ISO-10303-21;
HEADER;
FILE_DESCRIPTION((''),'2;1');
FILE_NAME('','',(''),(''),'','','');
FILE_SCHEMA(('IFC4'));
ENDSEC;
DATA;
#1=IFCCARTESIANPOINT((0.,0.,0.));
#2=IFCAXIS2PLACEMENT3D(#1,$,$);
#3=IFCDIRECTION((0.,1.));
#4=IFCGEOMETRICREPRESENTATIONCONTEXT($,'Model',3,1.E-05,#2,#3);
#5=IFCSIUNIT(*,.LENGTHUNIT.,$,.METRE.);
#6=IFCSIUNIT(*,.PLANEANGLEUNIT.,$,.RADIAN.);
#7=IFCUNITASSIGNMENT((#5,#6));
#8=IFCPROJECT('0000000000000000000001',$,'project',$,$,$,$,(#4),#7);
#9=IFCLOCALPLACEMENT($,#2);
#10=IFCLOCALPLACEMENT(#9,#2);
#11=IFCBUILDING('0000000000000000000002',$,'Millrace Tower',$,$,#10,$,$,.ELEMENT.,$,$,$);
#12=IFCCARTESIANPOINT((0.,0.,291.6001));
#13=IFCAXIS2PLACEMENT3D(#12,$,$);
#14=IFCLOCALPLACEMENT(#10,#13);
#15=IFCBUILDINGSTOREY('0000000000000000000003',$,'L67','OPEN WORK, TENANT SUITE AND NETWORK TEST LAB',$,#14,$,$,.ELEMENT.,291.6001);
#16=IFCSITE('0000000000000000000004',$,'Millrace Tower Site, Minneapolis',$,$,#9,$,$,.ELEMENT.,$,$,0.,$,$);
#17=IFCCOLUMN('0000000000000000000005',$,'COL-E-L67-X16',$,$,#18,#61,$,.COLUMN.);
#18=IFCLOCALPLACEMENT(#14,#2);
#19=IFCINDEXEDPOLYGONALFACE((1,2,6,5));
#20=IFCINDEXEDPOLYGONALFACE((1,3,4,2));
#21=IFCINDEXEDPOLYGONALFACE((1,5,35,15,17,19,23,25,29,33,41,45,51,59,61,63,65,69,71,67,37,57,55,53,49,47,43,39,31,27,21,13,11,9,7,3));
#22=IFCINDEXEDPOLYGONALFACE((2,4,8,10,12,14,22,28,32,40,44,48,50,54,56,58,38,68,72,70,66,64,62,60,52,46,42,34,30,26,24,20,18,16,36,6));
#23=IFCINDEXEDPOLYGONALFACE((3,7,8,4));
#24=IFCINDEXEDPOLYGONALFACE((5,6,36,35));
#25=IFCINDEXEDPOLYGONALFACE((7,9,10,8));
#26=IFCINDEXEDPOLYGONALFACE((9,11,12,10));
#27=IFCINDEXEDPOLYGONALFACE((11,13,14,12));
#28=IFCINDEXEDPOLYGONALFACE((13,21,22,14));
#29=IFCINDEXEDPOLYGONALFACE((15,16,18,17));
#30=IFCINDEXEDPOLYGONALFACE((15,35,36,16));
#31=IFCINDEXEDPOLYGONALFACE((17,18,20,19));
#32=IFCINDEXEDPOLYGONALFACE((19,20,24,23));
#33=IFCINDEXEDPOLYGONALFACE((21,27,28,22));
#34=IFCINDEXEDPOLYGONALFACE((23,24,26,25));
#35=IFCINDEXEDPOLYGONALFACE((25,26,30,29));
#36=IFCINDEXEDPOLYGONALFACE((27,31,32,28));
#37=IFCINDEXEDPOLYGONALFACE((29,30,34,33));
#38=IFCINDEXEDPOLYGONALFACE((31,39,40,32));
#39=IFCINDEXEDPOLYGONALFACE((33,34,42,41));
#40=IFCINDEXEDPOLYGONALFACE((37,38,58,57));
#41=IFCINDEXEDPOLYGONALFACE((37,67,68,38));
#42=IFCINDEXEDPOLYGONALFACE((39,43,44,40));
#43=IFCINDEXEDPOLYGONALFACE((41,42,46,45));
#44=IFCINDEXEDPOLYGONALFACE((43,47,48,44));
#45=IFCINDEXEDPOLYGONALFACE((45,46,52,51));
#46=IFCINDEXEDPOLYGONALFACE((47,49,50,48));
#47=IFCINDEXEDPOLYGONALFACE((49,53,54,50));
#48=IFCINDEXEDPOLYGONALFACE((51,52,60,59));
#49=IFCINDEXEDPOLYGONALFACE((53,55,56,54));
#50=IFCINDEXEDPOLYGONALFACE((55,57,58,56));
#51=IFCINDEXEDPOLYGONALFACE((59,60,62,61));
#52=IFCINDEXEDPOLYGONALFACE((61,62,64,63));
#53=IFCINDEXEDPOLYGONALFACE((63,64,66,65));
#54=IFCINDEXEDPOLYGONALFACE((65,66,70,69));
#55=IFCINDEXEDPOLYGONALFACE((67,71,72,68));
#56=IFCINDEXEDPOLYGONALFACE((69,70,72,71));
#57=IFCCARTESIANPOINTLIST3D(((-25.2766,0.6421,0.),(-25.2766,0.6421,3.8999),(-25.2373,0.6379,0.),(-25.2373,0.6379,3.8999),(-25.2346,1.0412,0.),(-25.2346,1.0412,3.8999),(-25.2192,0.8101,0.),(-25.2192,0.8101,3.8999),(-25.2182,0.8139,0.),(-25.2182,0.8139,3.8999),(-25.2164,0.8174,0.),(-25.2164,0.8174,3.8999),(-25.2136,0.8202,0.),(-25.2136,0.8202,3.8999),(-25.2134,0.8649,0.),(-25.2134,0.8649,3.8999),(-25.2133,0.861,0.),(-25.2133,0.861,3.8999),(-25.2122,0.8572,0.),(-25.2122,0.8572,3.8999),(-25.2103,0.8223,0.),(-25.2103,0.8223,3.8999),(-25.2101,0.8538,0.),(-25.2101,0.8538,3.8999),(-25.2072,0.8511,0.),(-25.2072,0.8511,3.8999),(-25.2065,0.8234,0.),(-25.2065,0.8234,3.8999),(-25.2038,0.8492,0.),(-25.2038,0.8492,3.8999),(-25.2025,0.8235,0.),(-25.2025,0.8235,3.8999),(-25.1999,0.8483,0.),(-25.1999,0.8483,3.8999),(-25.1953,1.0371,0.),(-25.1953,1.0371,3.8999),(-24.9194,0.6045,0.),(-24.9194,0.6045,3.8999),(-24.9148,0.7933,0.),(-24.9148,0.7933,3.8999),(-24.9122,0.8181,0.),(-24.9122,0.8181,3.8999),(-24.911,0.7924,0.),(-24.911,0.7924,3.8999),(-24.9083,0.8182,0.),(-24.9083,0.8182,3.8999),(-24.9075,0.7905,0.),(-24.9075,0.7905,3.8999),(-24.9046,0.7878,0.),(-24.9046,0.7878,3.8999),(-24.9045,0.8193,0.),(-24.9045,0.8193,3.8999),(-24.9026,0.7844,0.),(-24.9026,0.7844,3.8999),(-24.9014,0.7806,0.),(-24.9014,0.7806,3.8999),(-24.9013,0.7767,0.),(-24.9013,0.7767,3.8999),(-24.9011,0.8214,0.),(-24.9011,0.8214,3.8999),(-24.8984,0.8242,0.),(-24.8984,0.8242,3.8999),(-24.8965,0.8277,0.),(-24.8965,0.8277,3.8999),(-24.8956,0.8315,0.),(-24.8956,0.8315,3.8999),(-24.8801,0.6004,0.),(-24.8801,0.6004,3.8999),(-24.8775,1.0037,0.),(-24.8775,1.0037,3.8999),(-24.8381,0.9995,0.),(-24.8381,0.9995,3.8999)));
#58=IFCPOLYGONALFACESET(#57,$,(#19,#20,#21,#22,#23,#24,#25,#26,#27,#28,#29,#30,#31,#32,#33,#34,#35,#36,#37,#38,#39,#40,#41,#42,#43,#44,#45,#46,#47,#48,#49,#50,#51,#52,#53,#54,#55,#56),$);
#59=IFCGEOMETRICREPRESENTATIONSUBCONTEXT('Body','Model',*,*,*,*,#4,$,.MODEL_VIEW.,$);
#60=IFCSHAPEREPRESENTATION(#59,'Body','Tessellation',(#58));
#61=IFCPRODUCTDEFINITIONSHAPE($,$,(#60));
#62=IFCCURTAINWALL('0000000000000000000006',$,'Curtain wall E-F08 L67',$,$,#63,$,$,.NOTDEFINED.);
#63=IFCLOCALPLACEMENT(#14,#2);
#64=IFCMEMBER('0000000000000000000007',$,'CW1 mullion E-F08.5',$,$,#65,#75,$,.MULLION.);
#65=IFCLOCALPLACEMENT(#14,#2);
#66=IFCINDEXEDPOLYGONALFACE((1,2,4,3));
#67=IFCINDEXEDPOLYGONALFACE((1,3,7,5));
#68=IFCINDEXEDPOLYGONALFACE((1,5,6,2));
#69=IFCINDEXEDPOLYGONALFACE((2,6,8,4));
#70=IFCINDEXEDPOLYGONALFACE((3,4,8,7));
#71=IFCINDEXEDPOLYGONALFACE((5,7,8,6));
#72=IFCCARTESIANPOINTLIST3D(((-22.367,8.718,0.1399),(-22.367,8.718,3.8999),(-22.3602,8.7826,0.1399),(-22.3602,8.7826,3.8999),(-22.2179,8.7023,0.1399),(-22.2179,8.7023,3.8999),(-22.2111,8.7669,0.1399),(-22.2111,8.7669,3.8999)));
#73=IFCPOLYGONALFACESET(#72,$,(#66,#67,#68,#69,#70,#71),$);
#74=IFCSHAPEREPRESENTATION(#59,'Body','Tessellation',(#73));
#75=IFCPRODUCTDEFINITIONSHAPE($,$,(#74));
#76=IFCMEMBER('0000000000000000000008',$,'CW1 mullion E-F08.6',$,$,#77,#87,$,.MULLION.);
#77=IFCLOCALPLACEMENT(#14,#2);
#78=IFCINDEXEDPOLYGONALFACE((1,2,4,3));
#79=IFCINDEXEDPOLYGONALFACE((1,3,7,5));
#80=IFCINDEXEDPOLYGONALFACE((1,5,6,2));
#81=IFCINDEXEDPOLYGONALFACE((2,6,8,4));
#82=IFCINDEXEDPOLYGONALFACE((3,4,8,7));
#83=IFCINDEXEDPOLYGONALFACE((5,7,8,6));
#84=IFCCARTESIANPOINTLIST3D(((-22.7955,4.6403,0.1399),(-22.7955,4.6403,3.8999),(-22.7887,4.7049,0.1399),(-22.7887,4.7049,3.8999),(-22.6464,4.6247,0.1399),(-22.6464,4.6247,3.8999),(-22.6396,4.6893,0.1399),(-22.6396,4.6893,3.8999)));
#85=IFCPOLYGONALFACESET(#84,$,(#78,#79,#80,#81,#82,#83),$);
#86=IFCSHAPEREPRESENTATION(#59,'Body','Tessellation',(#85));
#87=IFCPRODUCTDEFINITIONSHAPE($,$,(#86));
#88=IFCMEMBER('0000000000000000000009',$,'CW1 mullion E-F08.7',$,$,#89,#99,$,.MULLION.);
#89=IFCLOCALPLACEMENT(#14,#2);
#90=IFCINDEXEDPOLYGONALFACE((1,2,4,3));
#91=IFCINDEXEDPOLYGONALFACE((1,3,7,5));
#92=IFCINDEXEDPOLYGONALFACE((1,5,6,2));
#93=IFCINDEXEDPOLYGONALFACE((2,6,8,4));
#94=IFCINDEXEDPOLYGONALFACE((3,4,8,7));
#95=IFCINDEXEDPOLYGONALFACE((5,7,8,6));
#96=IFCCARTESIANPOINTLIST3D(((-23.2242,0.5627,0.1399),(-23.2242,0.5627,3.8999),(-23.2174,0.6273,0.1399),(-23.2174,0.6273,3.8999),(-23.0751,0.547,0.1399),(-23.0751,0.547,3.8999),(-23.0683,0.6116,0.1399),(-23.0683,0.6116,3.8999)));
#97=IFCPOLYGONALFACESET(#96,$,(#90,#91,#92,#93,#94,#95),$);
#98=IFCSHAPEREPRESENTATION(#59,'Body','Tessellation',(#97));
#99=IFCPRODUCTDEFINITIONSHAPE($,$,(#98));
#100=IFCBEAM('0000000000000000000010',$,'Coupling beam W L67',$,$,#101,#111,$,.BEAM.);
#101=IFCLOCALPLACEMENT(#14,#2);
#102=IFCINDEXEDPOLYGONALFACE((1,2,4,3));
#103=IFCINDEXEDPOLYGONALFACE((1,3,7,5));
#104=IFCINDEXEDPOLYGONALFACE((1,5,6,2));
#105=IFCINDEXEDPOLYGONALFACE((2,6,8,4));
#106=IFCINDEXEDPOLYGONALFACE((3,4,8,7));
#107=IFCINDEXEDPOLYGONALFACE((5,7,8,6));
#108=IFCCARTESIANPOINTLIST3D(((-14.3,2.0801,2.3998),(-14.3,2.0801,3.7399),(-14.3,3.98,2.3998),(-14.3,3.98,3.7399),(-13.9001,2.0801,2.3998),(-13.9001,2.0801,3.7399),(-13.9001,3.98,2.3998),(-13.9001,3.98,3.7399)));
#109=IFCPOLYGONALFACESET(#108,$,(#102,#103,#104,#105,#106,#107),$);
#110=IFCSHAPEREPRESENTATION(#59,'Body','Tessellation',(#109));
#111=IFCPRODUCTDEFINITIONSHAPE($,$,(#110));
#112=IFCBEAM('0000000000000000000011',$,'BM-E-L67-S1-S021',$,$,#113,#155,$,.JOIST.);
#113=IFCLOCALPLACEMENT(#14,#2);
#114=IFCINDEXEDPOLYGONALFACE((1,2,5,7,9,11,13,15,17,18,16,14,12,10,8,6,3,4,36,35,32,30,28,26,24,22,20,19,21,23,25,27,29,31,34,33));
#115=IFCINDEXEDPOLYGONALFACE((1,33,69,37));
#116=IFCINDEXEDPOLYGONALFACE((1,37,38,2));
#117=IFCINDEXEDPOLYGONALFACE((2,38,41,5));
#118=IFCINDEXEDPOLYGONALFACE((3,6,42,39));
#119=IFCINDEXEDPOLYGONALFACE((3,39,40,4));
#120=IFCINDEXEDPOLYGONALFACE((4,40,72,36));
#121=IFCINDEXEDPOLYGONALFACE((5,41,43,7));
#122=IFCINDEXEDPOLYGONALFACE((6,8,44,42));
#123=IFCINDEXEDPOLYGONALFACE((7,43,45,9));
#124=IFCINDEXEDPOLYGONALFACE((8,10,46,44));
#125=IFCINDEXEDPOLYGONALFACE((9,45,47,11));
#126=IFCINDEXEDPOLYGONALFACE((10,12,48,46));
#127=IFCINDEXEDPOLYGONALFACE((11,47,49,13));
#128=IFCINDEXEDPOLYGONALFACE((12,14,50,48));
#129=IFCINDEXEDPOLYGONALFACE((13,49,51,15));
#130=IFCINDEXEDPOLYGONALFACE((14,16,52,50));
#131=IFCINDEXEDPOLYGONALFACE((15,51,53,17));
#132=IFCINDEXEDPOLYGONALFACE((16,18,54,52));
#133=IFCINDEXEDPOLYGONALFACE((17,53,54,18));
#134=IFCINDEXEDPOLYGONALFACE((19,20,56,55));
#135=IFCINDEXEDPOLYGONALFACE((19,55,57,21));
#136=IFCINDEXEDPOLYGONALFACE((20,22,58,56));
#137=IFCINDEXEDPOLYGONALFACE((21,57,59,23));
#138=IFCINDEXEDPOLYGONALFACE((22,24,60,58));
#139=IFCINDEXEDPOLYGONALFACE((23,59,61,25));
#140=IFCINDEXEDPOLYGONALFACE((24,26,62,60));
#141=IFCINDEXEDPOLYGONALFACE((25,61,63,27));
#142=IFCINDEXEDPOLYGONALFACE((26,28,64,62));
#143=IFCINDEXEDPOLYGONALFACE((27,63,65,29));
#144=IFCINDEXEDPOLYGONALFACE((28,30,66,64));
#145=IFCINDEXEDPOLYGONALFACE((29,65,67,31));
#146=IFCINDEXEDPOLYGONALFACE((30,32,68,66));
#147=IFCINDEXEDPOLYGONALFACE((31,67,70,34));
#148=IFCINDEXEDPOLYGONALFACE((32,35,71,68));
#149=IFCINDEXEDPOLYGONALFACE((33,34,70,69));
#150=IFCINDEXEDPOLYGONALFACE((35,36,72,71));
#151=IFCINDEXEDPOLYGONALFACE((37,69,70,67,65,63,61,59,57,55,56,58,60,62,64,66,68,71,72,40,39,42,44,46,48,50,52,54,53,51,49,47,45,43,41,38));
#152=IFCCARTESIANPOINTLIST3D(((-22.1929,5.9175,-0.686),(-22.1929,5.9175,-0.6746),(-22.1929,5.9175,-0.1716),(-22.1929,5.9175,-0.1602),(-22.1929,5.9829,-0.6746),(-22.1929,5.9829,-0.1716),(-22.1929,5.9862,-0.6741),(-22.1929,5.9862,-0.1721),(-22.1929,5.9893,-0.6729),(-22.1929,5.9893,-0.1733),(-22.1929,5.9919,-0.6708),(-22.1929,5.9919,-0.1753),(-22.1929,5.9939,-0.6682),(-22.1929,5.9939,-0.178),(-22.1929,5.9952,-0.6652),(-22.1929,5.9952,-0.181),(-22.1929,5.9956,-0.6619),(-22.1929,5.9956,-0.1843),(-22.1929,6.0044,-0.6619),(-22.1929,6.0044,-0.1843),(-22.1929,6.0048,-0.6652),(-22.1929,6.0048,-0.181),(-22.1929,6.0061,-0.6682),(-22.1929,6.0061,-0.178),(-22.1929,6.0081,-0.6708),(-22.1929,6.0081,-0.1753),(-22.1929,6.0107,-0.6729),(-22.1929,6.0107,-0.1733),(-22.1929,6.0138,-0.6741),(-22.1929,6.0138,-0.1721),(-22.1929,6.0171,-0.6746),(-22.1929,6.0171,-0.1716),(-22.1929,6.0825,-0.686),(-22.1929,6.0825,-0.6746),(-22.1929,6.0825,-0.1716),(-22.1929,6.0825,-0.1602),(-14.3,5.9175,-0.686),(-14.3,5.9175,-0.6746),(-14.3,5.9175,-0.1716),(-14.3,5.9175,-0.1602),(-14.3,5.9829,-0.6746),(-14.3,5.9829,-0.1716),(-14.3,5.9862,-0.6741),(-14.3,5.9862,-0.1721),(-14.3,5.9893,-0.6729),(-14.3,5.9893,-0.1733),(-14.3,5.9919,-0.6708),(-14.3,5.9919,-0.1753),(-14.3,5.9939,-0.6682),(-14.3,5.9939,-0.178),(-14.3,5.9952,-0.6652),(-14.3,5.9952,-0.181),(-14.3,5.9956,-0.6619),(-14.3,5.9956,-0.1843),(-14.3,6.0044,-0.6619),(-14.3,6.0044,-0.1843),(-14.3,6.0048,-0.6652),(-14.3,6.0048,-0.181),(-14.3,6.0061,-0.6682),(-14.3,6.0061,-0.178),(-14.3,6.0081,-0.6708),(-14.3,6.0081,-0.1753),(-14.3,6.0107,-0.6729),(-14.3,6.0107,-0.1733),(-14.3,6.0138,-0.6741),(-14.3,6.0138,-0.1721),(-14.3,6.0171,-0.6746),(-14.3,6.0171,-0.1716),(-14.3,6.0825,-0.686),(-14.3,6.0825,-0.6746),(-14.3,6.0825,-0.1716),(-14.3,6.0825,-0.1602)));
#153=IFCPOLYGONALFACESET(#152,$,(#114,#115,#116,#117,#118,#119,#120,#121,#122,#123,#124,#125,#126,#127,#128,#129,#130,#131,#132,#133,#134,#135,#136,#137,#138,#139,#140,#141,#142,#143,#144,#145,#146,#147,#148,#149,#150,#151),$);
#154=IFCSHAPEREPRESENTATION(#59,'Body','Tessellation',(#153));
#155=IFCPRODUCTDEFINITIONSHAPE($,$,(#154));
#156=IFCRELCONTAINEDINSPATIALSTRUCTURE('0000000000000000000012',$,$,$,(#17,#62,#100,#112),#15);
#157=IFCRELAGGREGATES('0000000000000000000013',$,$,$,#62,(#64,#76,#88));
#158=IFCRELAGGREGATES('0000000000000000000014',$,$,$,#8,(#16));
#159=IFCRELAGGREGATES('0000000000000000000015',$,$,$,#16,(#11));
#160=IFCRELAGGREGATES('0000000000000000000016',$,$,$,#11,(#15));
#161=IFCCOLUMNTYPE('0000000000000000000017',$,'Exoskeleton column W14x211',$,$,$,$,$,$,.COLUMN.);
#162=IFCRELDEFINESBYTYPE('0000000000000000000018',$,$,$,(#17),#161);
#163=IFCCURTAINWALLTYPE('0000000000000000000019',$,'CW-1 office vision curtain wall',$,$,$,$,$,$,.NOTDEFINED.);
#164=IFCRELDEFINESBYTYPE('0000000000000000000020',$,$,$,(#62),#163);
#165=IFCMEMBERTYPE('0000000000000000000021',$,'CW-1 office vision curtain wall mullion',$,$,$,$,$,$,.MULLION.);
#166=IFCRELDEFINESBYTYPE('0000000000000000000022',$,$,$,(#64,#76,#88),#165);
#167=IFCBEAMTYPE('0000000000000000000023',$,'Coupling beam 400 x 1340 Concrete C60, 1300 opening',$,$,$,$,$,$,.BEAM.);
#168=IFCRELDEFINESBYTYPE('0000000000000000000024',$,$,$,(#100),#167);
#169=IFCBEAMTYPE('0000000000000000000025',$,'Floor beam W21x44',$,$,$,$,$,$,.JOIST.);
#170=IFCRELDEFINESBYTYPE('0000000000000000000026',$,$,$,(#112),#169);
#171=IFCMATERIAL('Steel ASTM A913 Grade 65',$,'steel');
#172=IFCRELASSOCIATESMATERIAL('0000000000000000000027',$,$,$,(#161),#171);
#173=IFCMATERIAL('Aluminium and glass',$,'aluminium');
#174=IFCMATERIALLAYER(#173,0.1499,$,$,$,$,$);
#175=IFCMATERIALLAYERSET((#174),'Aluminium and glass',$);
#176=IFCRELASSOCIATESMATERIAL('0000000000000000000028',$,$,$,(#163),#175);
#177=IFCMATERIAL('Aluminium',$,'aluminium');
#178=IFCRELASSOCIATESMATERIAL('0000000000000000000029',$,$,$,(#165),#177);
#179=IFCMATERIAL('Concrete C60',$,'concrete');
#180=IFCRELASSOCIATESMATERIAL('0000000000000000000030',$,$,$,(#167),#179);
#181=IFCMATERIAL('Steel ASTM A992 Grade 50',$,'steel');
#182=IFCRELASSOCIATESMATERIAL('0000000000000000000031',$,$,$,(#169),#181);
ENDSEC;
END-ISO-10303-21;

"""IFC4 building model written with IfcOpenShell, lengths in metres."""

from ifc_helpers import new_model, si_unit, direction, frame, origin, origin_2d, place, context, subcontext, project, spatial, rectangle, i_section, extrude, material, layer, layer_set, material_profile, profile_set, type_object, element, aggregate, save


model = new_model("IFC4")

# Units and contexts
model_context = context("Model", 3, precision=1e-05, world=origin(), true_north=direction((0.0, 1.0)))
body_context = subcontext(model_context, "Body", "Model", "MODEL_VIEW")
ifc_project = project(units=[si_unit("LENGTHUNIT", "METRE"), si_unit("PLANEANGLEUNIT", "RADIAN")], contexts=[model_context])

# Site, building, storey
site_placement = place(None, origin())
site = spatial("IfcSite", under=ifc_project, at=site_placement, Name="Millrace Tower Site, Minneapolis", CompositionType="ELEMENT", RefElevation=0.0)
building_placement = place(site_placement, origin())
building = spatial("IfcBuilding", under=site, at=building_placement, Name="Millrace Tower", CompositionType="ELEMENT")
storey_placement = place(building_placement, frame((0.0, 0.0, 291.6001)))
storey = spatial("IfcBuildingStorey", under=building, at=storey_placement, Name="L67", Description="OPEN WORK, TENANT SUITE AND NETWORK TEST LAB", CompositionType="ELEMENT", Elevation=291.6001)

# Column
ifc_material_1 = material(Name="Steel ASTM A913 Grade 65", Category="steel")
ifc_material_profile_1 = material_profile(ifc_material_1, i_section(OverallWidth=0.4014, OverallDepth=0.3987, WebThickness=0.0249, FlangeThickness=0.0396, FilletRadius=0.0151, at=origin_2d()))
ifc_profile_set_1 = profile_set([ifc_material_profile_1], Name="Steel ASTM A913 Grade 65")
column_type = type_object("IfcColumnType", Name="Exoskeleton column W14x211", PredefinedType="COLUMN", material=ifc_profile_set_1)
column_placement = place(storey_placement, frame((-25.0574, 0.8208, 0.0), z_axis=(0.0, 0.0, 1.0), x_axis=(-0.104528, -0.994522, 0.0)))
element("IfcColumn", 1, at=column_placement, inside=storey, type_object=column_type, Name="COL-E-L67-X16", PredefinedType="COLUMN", context=body_context, shape_type="SweptSolid", body=[
    extrude(i_section(OverallWidth=0.4014, OverallDepth=0.3987, WebThickness=0.0249, FlangeThickness=0.0396, FilletRadius=0.0151, at=origin_2d()), origin(), (0.0, 0.0, 1.0), 3.8999),
])

# Curtain wall, members
ifc_material_2 = material(Name="Aluminium and glass", Category="aluminium")
ifc_layer_1 = layer(ifc_material_2, 0.1499)
ifc_layer_set_1 = layer_set([ifc_layer_1], Name="Aluminium and glass")
curtain_wall_type = type_object("IfcCurtainWallType", Name="CW-1 office vision curtain wall", PredefinedType="NOTDEFINED", material=ifc_layer_set_1)
placement = place(storey_placement, origin())
curtain_wall = element("IfcCurtainWall", 2, at=placement, inside=storey, type_object=curtain_wall_type, Name="Curtain wall E-F08 L67", PredefinedType="NOTDEFINED")
ifc_material_3 = material(Name="Aluminium", Category="aluminium")
ifc_material_profile_2 = material_profile(ifc_material_3, rectangle(XDim=0.0649, YDim=0.1499, at=origin_2d()))
ifc_profile_set_2 = profile_set([ifc_material_profile_2], Name="Aluminium")
member_type = type_object("IfcMemberType", Name="CW-1 office vision curtain wall mullion", PredefinedType="MULLION", material=ifc_profile_set_2)
member_1_placement = place(storey_placement, frame((-22.2891, 8.7424, 0.1399), z_axis=(0.0, 0.0, 1.0), x_axis=(-0.104528, -0.994522, 0.0)))
member_1 = element("IfcMember", 3, at=member_1_placement, type_object=member_type, Name="CW1 mullion E-F08.5", PredefinedType="MULLION", context=body_context, shape_type="SweptSolid", body=[
    extrude(rectangle(XDim=0.0649, YDim=0.1499, at=origin_2d()), origin(), (0.0, 0.0, 1.0), 3.76),
])
member_2_placement = place(storey_placement, frame((-22.7175, 4.6648, 0.1399), z_axis=(0.0, 0.0, 1.0), x_axis=(-0.104528, -0.994522, 0.0)))
member_2 = element("IfcMember", 4, at=member_2_placement, type_object=member_type, Name="CW1 mullion E-F08.6", PredefinedType="MULLION", context=body_context, shape_type="SweptSolid", body=[
    extrude(rectangle(XDim=0.0649, YDim=0.1499, at=origin_2d()), origin(), (0.0, 0.0, 1.0), 3.76),
])
member_3_placement = place(storey_placement, frame((-23.1462, 0.5872, 0.1399), z_axis=(0.0, 0.0, 1.0), x_axis=(-0.104528, -0.994522, 0.0)))
member_3 = element("IfcMember", 5, at=member_3_placement, type_object=member_type, Name="CW1 mullion E-F08.7", PredefinedType="MULLION", context=body_context, shape_type="SweptSolid", body=[
    extrude(rectangle(XDim=0.0649, YDim=0.1499, at=origin_2d()), origin(), (0.0, 0.0, 1.0), 3.76),
])
aggregate(curtain_wall, [member_1, member_2, member_3])

# Beams
ifc_material_4 = material(Name="Concrete C60", Category="concrete")
ifc_material_profile_3 = material_profile(ifc_material_4, rectangle(XDim=0.3999, YDim=1.3401, at=origin_2d()))
ifc_profile_set_3 = profile_set([ifc_material_profile_3], Name="Concrete C60")
beam_type_1 = type_object("IfcBeamType", Name="Coupling beam 400 x 1340 Concrete C60, 1300 opening", PredefinedType="BEAM", material=ifc_profile_set_3)
beam_1_placement = place(storey_placement, frame((-14.1001, 2.0801, 3.0698), z_axis=(0.0, 1.0, 0.0), x_axis=(-1.0, 0.0, 0.0)))
element("IfcBeam", 6, at=beam_1_placement, inside=storey, type_object=beam_type_1, Name="Coupling beam W L67", PredefinedType="BEAM", context=body_context, shape_type="SweptSolid", body=[
    extrude(rectangle(XDim=0.3999, YDim=1.3401, at=origin_2d()), origin(), (0.0, 0.0, 1.0), 1.8999),
])
ifc_material_5 = material(Name="Steel ASTM A992 Grade 50", Category="steel")
ifc_material_profile_4 = material_profile(ifc_material_5, i_section(OverallWidth=0.165, OverallDepth=0.5259, WebThickness=0.0088, FlangeThickness=0.0115, FilletRadius=0.0127, at=origin_2d()))
ifc_profile_set_4 = profile_set([ifc_material_profile_4], Name="Steel ASTM A992 Grade 50")
beam_type_2 = type_object("IfcBeamType", Name="Floor beam W21x44", PredefinedType="JOIST", material=ifc_profile_set_4)
beam_2_placement = place(storey_placement, frame((-22.1929, 6.0, -0.4231), z_axis=(1.0, 0.0, 0.0), x_axis=(0.0, 1.0, 0.0)))
element("IfcBeam", 7, at=beam_2_placement, inside=storey, type_object=beam_type_2, Name="BM-E-L67-S1-S021", PredefinedType="JOIST", context=body_context, shape_type="SweptSolid", body=[
    extrude(i_section(OverallWidth=0.165, OverallDepth=0.5259, WebThickness=0.0088, FlangeThickness=0.0115, FilletRadius=0.0127, at=origin_2d()), origin(), (0.0, 0.0, 1.0), 7.8928),
])

save(model, "model.ifc")
